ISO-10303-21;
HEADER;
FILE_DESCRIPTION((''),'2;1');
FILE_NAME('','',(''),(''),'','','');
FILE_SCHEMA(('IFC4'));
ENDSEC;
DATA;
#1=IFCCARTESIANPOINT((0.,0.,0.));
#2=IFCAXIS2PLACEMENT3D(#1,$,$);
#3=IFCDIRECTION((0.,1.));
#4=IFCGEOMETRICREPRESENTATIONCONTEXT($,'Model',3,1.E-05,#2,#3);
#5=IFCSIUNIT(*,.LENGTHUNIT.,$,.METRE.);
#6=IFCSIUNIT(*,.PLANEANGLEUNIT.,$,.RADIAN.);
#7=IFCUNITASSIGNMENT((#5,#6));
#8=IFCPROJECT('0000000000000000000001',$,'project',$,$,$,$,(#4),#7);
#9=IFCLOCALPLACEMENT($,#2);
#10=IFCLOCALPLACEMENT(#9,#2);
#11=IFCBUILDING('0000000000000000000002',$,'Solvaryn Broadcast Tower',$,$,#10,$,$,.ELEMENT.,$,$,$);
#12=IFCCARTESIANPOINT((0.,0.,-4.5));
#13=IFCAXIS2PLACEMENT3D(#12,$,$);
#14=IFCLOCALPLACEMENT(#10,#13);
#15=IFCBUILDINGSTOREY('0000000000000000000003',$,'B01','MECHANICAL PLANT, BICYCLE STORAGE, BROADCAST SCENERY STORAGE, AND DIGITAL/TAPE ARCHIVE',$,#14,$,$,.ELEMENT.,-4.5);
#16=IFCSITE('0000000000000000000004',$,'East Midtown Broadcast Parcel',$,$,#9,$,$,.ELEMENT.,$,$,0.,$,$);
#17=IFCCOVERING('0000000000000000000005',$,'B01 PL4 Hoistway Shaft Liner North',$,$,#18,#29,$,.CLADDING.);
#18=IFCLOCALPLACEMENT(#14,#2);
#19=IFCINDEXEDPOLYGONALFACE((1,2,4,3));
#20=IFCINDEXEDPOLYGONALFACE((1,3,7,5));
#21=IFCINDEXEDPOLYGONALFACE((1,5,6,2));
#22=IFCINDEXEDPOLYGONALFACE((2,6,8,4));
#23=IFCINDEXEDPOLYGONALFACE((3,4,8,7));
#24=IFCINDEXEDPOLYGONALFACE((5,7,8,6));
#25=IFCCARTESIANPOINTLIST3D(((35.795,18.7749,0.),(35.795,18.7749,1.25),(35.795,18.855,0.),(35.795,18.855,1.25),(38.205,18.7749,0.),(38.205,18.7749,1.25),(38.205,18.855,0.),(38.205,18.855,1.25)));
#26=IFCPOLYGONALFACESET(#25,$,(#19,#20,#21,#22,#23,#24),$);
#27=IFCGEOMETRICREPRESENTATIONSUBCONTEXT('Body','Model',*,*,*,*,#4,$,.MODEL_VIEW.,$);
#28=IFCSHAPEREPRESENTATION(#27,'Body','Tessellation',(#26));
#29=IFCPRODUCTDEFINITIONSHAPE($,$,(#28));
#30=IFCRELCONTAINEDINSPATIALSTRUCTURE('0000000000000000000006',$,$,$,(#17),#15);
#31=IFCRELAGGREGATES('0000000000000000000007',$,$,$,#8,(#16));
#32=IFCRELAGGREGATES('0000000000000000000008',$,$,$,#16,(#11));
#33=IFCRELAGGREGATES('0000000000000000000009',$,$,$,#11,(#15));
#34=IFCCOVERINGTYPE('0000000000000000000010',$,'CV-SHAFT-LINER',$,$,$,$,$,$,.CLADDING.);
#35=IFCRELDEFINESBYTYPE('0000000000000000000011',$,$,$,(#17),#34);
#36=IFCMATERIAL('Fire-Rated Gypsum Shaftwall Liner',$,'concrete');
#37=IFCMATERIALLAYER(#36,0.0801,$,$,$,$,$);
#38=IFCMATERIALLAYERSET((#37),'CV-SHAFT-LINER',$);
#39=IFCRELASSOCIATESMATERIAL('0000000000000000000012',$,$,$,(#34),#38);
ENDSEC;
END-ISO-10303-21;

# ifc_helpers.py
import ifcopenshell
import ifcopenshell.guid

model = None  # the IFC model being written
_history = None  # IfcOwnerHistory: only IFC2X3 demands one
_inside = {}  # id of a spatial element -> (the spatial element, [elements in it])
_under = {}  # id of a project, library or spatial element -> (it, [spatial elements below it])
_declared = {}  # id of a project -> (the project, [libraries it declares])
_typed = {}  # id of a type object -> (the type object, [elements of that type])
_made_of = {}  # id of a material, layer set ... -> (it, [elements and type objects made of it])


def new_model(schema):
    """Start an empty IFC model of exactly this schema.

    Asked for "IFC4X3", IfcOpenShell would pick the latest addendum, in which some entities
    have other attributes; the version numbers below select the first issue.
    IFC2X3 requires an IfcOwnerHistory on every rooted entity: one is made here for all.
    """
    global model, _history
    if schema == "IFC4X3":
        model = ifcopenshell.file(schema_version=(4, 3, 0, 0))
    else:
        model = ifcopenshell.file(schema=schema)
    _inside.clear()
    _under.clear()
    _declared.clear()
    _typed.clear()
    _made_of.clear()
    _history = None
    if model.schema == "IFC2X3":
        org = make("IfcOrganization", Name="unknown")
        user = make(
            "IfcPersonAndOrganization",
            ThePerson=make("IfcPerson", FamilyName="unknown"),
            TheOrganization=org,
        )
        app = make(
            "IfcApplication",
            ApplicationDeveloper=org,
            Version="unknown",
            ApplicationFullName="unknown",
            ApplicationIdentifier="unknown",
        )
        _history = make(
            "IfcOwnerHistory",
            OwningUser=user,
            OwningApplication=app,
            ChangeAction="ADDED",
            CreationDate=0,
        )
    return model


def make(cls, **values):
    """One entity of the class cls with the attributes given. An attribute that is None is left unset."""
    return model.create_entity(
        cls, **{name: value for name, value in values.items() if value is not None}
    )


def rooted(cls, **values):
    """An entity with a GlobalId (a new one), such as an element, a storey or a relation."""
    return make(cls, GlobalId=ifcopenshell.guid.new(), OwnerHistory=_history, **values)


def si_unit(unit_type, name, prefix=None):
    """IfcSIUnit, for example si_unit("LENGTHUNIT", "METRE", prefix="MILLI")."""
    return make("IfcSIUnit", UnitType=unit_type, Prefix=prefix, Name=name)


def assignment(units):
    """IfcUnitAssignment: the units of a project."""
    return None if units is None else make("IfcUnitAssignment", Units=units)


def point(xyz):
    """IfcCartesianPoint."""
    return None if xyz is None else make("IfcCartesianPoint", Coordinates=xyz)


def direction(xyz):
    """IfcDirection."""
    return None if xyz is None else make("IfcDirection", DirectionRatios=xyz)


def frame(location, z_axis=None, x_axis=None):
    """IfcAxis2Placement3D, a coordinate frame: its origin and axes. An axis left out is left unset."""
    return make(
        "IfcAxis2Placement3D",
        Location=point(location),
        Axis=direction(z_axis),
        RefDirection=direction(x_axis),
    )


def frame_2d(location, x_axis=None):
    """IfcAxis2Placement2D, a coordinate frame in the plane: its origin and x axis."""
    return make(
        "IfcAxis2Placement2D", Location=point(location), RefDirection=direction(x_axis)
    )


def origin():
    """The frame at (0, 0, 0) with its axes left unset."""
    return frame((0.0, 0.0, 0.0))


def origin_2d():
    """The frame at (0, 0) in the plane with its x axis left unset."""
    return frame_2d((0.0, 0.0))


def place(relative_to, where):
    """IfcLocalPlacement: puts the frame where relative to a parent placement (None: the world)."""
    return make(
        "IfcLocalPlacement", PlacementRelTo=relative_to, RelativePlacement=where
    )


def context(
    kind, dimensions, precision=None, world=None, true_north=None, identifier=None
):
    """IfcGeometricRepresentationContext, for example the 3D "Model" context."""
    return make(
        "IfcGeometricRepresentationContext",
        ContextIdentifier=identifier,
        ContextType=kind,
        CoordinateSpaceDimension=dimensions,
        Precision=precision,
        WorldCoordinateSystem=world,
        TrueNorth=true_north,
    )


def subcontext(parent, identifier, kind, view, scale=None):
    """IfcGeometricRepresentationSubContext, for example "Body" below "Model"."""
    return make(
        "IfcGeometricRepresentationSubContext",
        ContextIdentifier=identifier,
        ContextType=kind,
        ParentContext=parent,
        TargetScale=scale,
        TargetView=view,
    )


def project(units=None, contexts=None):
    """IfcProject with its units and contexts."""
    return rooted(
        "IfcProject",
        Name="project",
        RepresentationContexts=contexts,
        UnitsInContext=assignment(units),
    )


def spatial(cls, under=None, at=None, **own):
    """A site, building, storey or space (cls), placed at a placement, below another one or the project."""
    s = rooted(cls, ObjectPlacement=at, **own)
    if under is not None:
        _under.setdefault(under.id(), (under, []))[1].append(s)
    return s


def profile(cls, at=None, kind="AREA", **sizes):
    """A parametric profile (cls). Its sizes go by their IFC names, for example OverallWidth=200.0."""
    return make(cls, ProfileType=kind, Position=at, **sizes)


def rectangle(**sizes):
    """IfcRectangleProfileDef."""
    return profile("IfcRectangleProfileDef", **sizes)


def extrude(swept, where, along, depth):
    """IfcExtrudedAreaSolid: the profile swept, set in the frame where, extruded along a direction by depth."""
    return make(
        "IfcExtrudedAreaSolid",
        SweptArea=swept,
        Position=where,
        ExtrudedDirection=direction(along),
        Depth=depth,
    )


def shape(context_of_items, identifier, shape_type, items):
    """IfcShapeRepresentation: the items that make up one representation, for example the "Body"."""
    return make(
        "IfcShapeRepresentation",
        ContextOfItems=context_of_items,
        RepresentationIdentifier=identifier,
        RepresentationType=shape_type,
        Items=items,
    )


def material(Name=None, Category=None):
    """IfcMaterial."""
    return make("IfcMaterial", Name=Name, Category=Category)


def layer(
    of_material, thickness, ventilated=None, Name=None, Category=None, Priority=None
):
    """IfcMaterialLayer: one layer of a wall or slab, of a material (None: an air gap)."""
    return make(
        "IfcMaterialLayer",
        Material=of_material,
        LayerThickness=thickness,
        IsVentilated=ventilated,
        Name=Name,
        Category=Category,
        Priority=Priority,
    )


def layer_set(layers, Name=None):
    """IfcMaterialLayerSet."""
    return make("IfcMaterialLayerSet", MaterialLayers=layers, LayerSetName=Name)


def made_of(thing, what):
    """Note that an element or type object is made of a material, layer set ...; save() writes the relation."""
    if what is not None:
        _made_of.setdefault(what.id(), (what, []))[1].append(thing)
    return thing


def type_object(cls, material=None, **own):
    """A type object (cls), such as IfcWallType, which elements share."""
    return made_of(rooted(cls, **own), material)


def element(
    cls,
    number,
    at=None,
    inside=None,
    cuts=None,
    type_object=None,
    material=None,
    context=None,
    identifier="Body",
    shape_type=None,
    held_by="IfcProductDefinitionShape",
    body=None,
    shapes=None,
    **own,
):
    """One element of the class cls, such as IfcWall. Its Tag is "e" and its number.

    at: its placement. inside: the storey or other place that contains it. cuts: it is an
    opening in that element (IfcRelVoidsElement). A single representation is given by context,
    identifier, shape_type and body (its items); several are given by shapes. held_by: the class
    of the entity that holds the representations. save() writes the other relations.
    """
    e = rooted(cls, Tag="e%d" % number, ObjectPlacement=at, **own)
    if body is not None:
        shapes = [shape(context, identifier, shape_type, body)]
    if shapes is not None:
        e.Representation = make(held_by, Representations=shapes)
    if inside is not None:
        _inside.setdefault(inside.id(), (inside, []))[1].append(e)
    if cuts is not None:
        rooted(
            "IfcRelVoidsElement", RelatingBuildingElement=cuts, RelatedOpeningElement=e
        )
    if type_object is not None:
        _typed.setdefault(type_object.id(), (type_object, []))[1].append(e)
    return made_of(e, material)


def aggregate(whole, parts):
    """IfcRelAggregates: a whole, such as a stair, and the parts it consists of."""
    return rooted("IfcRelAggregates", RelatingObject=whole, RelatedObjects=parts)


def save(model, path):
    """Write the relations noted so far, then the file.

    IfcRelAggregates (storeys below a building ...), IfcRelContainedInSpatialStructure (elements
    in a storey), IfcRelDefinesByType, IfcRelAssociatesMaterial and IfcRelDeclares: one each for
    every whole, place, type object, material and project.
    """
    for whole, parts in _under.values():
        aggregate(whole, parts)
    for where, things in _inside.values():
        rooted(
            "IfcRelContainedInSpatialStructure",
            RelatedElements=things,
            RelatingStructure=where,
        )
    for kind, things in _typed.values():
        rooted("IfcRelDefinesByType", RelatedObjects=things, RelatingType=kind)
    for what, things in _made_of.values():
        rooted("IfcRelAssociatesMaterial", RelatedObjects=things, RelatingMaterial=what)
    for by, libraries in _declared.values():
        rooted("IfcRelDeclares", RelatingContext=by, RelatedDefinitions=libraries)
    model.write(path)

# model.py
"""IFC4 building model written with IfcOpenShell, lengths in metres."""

from ifc_helpers import new_model, si_unit, direction, frame, origin, origin_2d, place, context, subcontext, project, spatial, rectangle, extrude, material, layer, layer_set, type_object, element, save


model = new_model("IFC4")

# Units and contexts
model_context = context("Model", 3, precision=1e-05, world=origin(), true_north=direction((0.0, 1.0)))
body_context = subcontext(model_context, "Body", "Model", "MODEL_VIEW")
ifc_project = project(units=[si_unit("LENGTHUNIT", "METRE"), si_unit("PLANEANGLEUNIT", "RADIAN")], contexts=[model_context])

# Site, building, storey
site_placement = place(None, origin())
site = spatial("IfcSite", under=ifc_project, at=site_placement, Name="East Midtown Broadcast Parcel", CompositionType="ELEMENT", RefElevation=0.0)
building_placement = place(site_placement, origin())
building = spatial("IfcBuilding", under=site, at=building_placement, Name="Solvaryn Broadcast Tower", CompositionType="ELEMENT")
storey_placement = place(building_placement, frame((0.0, 0.0, -4.5)))
storey = spatial("IfcBuildingStorey", under=building, at=storey_placement, Name="B01", Description="MECHANICAL PLANT, BICYCLE STORAGE, BROADCAST SCENERY STORAGE, AND DIGITAL/TAPE ARCHIVE", CompositionType="ELEMENT", Elevation=-4.5)

# Covering
ifc_material_1 = material(Name="Fire-Rated Gypsum Shaftwall Liner", Category="concrete")
ifc_layer_1 = layer(ifc_material_1, 0.0801)
ifc_layer_set_1 = layer_set([ifc_layer_1], Name="CV-SHAFT-LINER")
covering_type = type_object("IfcCoveringType", Name="CV-SHAFT-LINER", PredefinedType="CLADDING", material=ifc_layer_set_1)
covering_1_placement = place(storey_placement, frame((37.0, 18.8149, 0.0), z_axis=(0.0, 0.0, 1.0), x_axis=(1.0, 0.0, 0.0)))
element("IfcCovering", 1, at=covering_1_placement, inside=storey, type_object=covering_type, Name="B01 PL4 Hoistway Shaft Liner North", PredefinedType="CLADDING", context=body_context, shape_type="SweptSolid", body=[
    extrude(rectangle(XDim=2.4099, YDim=0.0801, at=origin_2d()), origin(), (0.0, 0.0, 1.0), 1.25),
])

save(model, "model.ifc")
